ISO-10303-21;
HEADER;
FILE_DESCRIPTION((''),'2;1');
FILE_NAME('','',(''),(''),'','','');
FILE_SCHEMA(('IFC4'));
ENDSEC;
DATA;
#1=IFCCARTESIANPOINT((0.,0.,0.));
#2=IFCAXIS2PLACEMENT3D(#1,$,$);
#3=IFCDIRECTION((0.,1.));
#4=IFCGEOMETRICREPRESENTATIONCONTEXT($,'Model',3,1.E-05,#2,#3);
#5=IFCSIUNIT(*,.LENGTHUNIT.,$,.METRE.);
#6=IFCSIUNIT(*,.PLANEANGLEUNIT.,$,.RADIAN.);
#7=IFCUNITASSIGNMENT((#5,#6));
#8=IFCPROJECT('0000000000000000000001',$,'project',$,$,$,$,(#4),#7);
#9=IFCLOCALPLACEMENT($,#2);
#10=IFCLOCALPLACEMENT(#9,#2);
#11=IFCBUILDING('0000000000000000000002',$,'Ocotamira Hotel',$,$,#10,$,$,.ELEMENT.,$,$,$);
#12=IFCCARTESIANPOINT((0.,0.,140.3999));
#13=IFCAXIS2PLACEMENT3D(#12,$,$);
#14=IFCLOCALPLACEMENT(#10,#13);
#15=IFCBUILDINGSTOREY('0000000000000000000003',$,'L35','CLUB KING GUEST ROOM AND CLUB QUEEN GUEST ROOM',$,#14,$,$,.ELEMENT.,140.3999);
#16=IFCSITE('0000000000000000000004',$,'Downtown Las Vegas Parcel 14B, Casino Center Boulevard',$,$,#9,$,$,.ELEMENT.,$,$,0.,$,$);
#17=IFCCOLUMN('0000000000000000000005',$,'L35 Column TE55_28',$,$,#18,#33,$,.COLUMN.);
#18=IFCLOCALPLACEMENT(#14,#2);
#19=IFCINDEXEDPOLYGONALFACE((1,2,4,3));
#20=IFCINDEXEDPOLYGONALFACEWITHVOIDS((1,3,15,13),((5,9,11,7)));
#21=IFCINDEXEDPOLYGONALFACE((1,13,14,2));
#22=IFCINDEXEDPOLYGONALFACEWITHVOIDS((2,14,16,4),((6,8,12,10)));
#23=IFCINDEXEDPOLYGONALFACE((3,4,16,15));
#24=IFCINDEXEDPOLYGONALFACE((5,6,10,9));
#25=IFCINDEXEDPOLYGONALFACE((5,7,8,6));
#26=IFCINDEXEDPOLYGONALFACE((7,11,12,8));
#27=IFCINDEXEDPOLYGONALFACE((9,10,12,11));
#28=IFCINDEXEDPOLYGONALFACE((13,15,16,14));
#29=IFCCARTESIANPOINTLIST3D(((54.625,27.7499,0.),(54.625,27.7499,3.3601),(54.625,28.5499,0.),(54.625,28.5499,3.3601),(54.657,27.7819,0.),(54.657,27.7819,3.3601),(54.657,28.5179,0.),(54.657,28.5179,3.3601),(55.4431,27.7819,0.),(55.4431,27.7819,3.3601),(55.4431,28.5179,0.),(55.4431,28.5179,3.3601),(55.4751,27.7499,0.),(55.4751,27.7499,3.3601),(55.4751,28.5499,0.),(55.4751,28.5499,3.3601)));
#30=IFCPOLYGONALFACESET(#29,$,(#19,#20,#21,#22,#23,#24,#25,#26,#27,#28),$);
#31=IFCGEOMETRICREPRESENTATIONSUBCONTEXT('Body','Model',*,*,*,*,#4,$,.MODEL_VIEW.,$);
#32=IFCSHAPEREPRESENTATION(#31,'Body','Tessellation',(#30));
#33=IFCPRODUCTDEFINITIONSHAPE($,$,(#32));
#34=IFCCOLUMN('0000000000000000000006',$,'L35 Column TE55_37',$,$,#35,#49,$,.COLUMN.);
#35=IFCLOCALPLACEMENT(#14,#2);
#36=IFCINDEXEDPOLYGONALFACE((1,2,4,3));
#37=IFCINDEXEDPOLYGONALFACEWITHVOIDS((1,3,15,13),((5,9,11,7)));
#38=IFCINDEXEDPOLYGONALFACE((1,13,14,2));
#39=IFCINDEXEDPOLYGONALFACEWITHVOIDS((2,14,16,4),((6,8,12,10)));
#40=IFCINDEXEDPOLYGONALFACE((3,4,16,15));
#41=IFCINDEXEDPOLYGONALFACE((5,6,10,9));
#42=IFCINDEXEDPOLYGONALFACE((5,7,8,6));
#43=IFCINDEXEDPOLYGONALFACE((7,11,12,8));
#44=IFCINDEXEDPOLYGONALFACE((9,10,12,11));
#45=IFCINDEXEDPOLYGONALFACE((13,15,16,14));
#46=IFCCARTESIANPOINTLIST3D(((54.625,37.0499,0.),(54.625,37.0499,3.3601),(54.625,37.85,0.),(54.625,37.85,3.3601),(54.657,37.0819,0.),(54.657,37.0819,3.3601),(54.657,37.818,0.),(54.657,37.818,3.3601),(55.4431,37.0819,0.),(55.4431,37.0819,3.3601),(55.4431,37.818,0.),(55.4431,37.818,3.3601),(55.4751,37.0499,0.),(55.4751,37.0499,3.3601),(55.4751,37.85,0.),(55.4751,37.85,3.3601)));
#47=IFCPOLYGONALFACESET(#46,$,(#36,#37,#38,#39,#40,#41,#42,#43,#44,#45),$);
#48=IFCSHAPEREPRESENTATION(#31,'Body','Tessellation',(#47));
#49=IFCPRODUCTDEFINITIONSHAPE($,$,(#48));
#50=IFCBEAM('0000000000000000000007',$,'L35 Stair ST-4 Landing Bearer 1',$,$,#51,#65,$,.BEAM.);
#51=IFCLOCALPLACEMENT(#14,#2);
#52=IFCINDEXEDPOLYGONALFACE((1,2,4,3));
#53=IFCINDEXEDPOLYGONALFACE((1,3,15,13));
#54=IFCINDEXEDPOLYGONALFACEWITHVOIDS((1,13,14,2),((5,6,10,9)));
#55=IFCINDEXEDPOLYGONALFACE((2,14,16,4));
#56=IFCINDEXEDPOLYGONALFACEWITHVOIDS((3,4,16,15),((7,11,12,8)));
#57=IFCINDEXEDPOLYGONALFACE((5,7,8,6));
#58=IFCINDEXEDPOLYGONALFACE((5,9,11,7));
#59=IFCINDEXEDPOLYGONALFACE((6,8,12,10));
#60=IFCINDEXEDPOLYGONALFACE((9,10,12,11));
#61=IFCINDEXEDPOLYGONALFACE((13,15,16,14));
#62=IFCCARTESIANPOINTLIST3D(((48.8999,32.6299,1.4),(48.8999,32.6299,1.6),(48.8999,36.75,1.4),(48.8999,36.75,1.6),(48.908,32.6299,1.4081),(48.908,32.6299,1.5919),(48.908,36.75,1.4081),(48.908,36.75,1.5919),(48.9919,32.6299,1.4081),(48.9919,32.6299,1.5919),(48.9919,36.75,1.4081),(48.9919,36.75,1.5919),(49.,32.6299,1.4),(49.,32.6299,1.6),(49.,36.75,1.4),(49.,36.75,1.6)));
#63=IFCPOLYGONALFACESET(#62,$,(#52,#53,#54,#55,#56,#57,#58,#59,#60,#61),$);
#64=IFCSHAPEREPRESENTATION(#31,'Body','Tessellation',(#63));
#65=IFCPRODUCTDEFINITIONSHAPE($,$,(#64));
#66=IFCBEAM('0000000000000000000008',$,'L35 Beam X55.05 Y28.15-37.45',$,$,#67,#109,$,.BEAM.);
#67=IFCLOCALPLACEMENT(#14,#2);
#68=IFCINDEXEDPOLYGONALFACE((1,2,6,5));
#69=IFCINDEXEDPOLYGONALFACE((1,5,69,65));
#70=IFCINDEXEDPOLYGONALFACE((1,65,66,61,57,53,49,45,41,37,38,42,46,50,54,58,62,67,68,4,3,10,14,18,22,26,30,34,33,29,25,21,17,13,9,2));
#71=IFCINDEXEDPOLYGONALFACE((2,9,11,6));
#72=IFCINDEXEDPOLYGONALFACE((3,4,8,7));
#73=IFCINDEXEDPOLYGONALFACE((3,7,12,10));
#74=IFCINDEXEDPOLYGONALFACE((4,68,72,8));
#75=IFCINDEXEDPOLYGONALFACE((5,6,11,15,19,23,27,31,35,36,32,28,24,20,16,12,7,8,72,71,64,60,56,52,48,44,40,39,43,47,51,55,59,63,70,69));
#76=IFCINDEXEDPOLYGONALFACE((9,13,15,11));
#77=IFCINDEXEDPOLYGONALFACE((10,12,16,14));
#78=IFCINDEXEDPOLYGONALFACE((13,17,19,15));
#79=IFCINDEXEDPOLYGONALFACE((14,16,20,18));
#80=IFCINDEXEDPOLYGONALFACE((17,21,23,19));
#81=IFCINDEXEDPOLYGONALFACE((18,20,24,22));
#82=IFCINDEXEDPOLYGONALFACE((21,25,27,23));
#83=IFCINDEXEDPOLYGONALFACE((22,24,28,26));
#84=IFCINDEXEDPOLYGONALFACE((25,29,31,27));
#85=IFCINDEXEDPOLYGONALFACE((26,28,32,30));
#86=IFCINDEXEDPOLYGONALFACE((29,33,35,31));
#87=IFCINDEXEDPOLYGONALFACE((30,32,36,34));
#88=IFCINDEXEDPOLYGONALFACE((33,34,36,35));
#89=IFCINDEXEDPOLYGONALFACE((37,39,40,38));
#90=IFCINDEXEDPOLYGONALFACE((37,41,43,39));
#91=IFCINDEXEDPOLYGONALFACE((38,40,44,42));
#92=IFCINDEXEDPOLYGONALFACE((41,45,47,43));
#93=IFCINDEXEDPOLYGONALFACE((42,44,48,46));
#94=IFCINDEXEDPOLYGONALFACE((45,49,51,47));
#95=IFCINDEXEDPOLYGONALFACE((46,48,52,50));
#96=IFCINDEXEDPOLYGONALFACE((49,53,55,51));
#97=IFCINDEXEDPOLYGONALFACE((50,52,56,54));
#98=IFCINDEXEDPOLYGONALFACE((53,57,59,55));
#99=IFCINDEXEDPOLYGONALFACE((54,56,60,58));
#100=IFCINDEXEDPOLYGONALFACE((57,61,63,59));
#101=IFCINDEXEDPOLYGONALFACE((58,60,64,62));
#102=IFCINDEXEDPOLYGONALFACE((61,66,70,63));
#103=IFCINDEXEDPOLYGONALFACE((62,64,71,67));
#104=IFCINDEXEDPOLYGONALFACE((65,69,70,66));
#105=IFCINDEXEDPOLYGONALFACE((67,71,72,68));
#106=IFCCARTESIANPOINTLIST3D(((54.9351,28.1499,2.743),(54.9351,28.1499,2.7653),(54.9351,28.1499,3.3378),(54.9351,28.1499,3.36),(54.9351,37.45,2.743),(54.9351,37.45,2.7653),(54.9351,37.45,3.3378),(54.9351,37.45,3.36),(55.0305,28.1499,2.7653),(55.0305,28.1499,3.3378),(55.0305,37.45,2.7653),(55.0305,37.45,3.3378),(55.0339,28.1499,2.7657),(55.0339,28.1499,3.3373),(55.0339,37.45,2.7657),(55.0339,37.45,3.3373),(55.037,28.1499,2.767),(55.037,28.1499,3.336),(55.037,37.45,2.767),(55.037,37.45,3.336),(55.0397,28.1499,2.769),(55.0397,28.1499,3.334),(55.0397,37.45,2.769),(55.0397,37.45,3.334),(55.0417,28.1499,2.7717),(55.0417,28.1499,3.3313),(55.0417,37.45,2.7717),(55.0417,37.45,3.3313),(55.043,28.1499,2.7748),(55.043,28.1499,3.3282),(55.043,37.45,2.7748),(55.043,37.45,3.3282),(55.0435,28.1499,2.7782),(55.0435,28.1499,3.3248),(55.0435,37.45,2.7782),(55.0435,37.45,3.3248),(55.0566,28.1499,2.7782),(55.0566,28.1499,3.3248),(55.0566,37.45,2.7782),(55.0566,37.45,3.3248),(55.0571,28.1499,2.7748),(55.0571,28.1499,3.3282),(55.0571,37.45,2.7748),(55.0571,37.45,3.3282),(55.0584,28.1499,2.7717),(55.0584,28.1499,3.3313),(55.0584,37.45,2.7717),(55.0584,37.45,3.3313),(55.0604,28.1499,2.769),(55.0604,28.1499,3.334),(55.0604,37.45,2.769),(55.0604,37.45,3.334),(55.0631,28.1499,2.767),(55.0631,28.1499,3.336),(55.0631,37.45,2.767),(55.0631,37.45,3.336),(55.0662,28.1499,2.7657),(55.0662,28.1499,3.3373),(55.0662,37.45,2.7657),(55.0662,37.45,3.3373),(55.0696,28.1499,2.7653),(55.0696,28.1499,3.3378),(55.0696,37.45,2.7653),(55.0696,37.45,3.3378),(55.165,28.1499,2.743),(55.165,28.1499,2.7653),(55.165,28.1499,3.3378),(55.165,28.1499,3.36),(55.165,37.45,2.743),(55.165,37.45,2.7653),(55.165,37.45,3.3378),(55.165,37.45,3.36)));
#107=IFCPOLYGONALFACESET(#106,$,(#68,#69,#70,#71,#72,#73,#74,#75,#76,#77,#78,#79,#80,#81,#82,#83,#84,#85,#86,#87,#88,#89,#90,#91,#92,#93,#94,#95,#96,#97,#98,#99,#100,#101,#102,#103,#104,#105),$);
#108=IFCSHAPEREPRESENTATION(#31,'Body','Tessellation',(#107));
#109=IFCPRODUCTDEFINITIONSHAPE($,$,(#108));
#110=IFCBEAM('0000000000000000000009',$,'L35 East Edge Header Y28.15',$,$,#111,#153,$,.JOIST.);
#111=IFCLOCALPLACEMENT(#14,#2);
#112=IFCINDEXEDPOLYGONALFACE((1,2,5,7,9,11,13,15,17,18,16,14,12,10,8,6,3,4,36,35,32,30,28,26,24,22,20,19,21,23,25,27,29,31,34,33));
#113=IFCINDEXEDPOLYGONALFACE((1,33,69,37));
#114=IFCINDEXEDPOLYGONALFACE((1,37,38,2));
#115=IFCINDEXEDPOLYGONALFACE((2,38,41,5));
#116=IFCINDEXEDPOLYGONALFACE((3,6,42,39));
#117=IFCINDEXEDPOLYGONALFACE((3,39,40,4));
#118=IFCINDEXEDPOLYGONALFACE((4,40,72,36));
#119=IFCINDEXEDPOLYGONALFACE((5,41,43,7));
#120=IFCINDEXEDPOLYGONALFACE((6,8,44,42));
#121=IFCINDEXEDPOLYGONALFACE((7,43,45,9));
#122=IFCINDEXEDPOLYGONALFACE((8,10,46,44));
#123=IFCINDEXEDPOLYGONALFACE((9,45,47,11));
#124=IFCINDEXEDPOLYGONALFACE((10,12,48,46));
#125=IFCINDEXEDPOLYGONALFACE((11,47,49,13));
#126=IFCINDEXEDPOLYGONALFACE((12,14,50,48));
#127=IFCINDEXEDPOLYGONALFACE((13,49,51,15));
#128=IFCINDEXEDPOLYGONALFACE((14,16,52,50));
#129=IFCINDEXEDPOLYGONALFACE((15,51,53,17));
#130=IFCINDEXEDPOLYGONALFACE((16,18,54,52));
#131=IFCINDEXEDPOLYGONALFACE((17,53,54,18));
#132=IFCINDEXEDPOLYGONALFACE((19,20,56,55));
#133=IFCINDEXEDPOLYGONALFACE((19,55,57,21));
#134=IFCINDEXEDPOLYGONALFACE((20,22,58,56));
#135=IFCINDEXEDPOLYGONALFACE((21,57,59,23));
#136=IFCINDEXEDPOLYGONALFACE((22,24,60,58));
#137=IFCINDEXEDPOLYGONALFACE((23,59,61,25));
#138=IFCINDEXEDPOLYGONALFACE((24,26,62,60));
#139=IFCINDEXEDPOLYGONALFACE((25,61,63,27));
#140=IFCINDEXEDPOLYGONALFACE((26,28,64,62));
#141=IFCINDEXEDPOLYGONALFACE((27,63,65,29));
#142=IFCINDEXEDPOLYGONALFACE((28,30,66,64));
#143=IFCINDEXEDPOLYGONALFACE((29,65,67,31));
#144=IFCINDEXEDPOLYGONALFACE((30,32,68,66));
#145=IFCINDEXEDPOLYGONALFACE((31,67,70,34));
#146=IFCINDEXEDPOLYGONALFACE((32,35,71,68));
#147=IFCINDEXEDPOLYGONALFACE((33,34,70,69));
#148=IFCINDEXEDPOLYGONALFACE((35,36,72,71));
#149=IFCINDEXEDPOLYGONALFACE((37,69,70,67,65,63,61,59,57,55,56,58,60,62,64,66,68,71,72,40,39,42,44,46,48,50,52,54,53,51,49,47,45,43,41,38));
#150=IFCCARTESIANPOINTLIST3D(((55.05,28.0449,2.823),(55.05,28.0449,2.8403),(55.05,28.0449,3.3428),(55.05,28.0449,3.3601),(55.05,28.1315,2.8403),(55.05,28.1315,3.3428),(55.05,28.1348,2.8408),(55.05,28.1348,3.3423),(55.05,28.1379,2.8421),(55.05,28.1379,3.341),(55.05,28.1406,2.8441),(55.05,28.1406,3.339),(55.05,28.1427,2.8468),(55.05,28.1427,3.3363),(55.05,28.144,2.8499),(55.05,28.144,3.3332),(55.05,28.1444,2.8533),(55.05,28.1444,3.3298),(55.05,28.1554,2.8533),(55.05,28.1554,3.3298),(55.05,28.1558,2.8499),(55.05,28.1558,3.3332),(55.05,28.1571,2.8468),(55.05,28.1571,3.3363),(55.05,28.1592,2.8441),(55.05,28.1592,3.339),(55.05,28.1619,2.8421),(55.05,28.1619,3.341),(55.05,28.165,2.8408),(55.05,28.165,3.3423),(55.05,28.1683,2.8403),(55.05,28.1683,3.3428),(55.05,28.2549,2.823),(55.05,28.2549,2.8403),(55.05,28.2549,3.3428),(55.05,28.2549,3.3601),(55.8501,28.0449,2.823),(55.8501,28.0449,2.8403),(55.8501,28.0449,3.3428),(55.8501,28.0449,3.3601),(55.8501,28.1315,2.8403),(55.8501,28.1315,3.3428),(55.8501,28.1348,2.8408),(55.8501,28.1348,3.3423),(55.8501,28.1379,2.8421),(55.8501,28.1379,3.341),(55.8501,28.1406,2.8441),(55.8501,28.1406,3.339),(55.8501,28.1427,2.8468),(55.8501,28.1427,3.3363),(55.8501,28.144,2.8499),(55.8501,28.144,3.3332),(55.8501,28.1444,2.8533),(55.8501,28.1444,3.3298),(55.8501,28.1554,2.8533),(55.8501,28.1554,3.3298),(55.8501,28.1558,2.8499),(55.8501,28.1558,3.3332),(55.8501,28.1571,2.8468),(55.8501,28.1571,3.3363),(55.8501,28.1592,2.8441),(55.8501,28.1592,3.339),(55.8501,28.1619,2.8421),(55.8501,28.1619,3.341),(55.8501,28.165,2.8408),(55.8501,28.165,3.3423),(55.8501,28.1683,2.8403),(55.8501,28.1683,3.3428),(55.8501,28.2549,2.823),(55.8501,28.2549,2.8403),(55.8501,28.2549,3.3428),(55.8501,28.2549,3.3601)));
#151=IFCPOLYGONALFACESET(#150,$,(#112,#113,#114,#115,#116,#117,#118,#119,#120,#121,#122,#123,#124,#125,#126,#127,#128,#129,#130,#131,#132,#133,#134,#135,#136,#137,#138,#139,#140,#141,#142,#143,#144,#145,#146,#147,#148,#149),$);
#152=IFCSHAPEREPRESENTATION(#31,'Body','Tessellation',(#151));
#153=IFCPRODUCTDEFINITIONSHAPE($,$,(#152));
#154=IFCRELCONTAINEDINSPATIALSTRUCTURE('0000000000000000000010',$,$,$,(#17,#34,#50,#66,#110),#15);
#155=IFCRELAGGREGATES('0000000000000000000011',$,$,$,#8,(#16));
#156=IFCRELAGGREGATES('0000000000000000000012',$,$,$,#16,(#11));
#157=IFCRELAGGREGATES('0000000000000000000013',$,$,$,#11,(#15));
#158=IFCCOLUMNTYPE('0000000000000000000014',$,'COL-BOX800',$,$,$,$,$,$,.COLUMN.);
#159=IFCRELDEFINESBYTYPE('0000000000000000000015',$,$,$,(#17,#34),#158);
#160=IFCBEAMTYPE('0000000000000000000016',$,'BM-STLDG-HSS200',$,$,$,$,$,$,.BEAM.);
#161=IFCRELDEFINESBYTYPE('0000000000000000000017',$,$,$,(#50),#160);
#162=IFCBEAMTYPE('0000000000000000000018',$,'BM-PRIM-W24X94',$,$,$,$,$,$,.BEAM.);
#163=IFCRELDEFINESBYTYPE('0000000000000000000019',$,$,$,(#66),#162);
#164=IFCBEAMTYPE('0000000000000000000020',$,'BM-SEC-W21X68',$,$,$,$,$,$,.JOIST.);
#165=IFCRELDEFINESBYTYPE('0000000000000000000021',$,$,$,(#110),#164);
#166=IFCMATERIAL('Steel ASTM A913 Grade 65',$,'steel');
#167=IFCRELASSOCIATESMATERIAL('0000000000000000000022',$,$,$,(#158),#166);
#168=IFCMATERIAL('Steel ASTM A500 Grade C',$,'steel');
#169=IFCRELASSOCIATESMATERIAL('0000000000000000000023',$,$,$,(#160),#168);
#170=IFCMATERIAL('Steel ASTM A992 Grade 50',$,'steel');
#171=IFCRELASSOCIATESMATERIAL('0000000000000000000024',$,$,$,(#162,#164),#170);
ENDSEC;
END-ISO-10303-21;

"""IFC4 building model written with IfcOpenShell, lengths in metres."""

from ifc_helpers import new_model, si_unit, direction, frame, origin, origin_2d, place, context, subcontext, project, spatial, hollow_rectangle, i_section, extrude, source, transform, mapped, material, material_profile, profile_set, type_object, element, save


model = new_model("IFC4")

# Units and contexts
model_context = context("Model", 3, precision=1e-05, world=origin(), true_north=direction((0.0, 1.0)))
body_context = subcontext(model_context, "Body", "Model", "MODEL_VIEW")
ifc_project = project(units=[si_unit("LENGTHUNIT", "METRE"), si_unit("PLANEANGLEUNIT", "RADIAN")], contexts=[model_context])

# Site, building, storey
site_placement = place(None, origin())
site = spatial("IfcSite", under=ifc_project, at=site_placement, Name="Downtown Las Vegas Parcel 14B, Casino Center Boulevard", CompositionType="ELEMENT", RefElevation=0.0)
building_placement = place(site_placement, origin())
building = spatial("IfcBuilding", under=site, at=building_placement, Name="Ocotamira Hotel", CompositionType="ELEMENT")
storey_placement = place(building_placement, frame((0.0, 0.0, 140.3999)))
storey = spatial("IfcBuildingStorey", under=building, at=storey_placement, Name="L35", Description="CLUB KING GUEST ROOM AND CLUB QUEEN GUEST ROOM", CompositionType="ELEMENT", Elevation=140.3999)

# Columns
ifc_material_1 = material(Name="Steel ASTM A913 Grade 65", Category="steel")
ifc_material_profile_1 = material_profile(ifc_material_1, hollow_rectangle(XDim=0.8501, YDim=0.8, WallThickness=0.032, at=origin_2d()), Name="BOX800X850X32")
ifc_profile_set_1 = profile_set([ifc_material_profile_1], Name="Steel ASTM A913 Grade 65")
column_type = type_object("IfcColumnType", Name="COL-BOX800", PredefinedType="COLUMN", material=ifc_profile_set_1)
shared_shape_1 = source(origin(), body_context, "Body", "SweptSolid", [
    extrude(hollow_rectangle(XDim=0.8501, YDim=0.8, WallThickness=0.032, at=origin_2d()), origin(), (0.0, 0.0, 1.0), 3.3601),
])
for number, where, z_axis, x_axis, name in (
    (1, (55.05, 28.1499, 0.0), (0.0, 0.0, 1.0), (1.0, 0.0, 0.0), "L35 Column TE55_28"),
    (2, (55.05, 37.45, 0.0), (0.0, 0.0, 1.0), (1.0, 0.0, 0.0), "L35 Column TE55_37"),
):
    element("IfcColumn", number, at=place(storey_placement, frame(where, z_axis=z_axis, x_axis=x_axis)), inside=storey, type_object=column_type, Name=name, PredefinedType="COLUMN", context=body_context, shape_type="MappedRepresentation", body=[
        mapped(shared_shape_1, transform((0.0, 0.0, 0.0), scale=1.0)),
    ])

# Beams
ifc_material_2 = material(Name="Steel ASTM A500 Grade C", Category="steel")
ifc_material_profile_2 = material_profile(ifc_material_2, hollow_rectangle(XDim=0.1001, YDim=0.2, WallThickness=0.0081, at=origin_2d()), Name="HSS200X100X8")
ifc_profile_set_2 = profile_set([ifc_material_profile_2], Name="Steel ASTM A500 Grade C")
beam_type_1 = type_object("IfcBeamType", Name="BM-STLDG-HSS200", PredefinedType="BEAM", material=ifc_profile_set_2)
shared_shape_2 = source(origin(), body_context, "Body", "SweptSolid", [
    extrude(hollow_rectangle(XDim=0.1001, YDim=0.2, WallThickness=0.0081, at=origin_2d()), origin(), (0.0, 0.0, 1.0), 4.1201),
])
beam_1_placement = place(storey_placement, frame((48.95, 32.6299, 1.5), z_axis=(0.0, 1.0, 0.0), x_axis=(-1.0, 0.0, 0.0)))
element("IfcBeam", 3, at=beam_1_placement, inside=storey, type_object=beam_type_1, Name="L35 Stair ST-4 Landing Bearer 1", PredefinedType="BEAM", context=body_context, shape_type="MappedRepresentation", body=[
    mapped(shared_shape_2, transform((0.0, 0.0, 0.0), scale=1.0)),
])
ifc_material_3 = material(Name="Steel ASTM A992 Grade 50", Category="steel")
ifc_material_profile_3 = material_profile(ifc_material_3, i_section(OverallWidth=0.23, OverallDepth=0.6169, WebThickness=0.0132, FlangeThickness=0.0222, FilletRadius=0.0129, at=origin_2d()), Name="W24X94")
ifc_profile_set_3 = profile_set([ifc_material_profile_3], Name="Steel ASTM A992 Grade 50")
beam_type_2 = type_object("IfcBeamType", Name="BM-PRIM-W24X94", PredefinedType="BEAM", material=ifc_profile_set_3)
shared_shape_3 = source(origin(), body_context, "Body", "SweptSolid", [
    extrude(i_section(OverallWidth=0.23, OverallDepth=0.6169, WebThickness=0.0132, FlangeThickness=0.0222, FilletRadius=0.0129, at=origin_2d()), origin(), (0.0, 0.0, 1.0), 9.3),
])
beam_2_placement = place(storey_placement, frame((55.05, 28.1499, 3.0515), z_axis=(0.0, 1.0, 0.0), x_axis=(-1.0, 0.0, 0.0)))
element("IfcBeam", 4, at=beam_2_placement, inside=storey, type_object=beam_type_2, Name="L35 Beam X55.05 Y28.15-37.45", PredefinedType="BEAM", context=body_context, shape_type="MappedRepresentation", body=[
    mapped(shared_shape_3, transform((0.0, 0.0, 0.0), scale=1.0)),
])
ifc_material_profile_4 = material_profile(ifc_material_3, i_section(OverallWidth=0.21, OverallDepth=0.5371, WebThickness=0.011, FlangeThickness=0.0173, FilletRadius=0.0129, at=origin_2d()), Name="W21X68")
ifc_profile_set_4 = profile_set([ifc_material_profile_4], Name="Steel ASTM A992 Grade 50")
beam_type_3 = type_object("IfcBeamType", Name="BM-SEC-W21X68", PredefinedType="JOIST", material=ifc_profile_set_4)
shared_shape_4 = source(origin(), body_context, "Body", "SweptSolid", [
    extrude(i_section(OverallWidth=0.21, OverallDepth=0.5371, WebThickness=0.011, FlangeThickness=0.0173, FilletRadius=0.0129, at=origin_2d()), origin(), (0.0, 0.0, 1.0), 0.8),
])
for number, where, z_axis, x_axis, name in (
    (5, (55.05, 28.1499, 3.0916), (1.0, 0.0, 0.0), (0.0, 1.0, 0.0), "L35 East Edge Header Y28.15"),
):
    element("IfcBeam", number, at=place(storey_placement, frame(where, z_axis=z_axis, x_axis=x_axis)), inside=storey, type_object=beam_type_3, Name=name, PredefinedType="JOIST", context=body_context, shape_type="MappedRepresentation", body=[
        mapped(shared_shape_4, transform((0.0, 0.0, 0.0), scale=1.0)),
    ])

save(model, "model.ifc")
